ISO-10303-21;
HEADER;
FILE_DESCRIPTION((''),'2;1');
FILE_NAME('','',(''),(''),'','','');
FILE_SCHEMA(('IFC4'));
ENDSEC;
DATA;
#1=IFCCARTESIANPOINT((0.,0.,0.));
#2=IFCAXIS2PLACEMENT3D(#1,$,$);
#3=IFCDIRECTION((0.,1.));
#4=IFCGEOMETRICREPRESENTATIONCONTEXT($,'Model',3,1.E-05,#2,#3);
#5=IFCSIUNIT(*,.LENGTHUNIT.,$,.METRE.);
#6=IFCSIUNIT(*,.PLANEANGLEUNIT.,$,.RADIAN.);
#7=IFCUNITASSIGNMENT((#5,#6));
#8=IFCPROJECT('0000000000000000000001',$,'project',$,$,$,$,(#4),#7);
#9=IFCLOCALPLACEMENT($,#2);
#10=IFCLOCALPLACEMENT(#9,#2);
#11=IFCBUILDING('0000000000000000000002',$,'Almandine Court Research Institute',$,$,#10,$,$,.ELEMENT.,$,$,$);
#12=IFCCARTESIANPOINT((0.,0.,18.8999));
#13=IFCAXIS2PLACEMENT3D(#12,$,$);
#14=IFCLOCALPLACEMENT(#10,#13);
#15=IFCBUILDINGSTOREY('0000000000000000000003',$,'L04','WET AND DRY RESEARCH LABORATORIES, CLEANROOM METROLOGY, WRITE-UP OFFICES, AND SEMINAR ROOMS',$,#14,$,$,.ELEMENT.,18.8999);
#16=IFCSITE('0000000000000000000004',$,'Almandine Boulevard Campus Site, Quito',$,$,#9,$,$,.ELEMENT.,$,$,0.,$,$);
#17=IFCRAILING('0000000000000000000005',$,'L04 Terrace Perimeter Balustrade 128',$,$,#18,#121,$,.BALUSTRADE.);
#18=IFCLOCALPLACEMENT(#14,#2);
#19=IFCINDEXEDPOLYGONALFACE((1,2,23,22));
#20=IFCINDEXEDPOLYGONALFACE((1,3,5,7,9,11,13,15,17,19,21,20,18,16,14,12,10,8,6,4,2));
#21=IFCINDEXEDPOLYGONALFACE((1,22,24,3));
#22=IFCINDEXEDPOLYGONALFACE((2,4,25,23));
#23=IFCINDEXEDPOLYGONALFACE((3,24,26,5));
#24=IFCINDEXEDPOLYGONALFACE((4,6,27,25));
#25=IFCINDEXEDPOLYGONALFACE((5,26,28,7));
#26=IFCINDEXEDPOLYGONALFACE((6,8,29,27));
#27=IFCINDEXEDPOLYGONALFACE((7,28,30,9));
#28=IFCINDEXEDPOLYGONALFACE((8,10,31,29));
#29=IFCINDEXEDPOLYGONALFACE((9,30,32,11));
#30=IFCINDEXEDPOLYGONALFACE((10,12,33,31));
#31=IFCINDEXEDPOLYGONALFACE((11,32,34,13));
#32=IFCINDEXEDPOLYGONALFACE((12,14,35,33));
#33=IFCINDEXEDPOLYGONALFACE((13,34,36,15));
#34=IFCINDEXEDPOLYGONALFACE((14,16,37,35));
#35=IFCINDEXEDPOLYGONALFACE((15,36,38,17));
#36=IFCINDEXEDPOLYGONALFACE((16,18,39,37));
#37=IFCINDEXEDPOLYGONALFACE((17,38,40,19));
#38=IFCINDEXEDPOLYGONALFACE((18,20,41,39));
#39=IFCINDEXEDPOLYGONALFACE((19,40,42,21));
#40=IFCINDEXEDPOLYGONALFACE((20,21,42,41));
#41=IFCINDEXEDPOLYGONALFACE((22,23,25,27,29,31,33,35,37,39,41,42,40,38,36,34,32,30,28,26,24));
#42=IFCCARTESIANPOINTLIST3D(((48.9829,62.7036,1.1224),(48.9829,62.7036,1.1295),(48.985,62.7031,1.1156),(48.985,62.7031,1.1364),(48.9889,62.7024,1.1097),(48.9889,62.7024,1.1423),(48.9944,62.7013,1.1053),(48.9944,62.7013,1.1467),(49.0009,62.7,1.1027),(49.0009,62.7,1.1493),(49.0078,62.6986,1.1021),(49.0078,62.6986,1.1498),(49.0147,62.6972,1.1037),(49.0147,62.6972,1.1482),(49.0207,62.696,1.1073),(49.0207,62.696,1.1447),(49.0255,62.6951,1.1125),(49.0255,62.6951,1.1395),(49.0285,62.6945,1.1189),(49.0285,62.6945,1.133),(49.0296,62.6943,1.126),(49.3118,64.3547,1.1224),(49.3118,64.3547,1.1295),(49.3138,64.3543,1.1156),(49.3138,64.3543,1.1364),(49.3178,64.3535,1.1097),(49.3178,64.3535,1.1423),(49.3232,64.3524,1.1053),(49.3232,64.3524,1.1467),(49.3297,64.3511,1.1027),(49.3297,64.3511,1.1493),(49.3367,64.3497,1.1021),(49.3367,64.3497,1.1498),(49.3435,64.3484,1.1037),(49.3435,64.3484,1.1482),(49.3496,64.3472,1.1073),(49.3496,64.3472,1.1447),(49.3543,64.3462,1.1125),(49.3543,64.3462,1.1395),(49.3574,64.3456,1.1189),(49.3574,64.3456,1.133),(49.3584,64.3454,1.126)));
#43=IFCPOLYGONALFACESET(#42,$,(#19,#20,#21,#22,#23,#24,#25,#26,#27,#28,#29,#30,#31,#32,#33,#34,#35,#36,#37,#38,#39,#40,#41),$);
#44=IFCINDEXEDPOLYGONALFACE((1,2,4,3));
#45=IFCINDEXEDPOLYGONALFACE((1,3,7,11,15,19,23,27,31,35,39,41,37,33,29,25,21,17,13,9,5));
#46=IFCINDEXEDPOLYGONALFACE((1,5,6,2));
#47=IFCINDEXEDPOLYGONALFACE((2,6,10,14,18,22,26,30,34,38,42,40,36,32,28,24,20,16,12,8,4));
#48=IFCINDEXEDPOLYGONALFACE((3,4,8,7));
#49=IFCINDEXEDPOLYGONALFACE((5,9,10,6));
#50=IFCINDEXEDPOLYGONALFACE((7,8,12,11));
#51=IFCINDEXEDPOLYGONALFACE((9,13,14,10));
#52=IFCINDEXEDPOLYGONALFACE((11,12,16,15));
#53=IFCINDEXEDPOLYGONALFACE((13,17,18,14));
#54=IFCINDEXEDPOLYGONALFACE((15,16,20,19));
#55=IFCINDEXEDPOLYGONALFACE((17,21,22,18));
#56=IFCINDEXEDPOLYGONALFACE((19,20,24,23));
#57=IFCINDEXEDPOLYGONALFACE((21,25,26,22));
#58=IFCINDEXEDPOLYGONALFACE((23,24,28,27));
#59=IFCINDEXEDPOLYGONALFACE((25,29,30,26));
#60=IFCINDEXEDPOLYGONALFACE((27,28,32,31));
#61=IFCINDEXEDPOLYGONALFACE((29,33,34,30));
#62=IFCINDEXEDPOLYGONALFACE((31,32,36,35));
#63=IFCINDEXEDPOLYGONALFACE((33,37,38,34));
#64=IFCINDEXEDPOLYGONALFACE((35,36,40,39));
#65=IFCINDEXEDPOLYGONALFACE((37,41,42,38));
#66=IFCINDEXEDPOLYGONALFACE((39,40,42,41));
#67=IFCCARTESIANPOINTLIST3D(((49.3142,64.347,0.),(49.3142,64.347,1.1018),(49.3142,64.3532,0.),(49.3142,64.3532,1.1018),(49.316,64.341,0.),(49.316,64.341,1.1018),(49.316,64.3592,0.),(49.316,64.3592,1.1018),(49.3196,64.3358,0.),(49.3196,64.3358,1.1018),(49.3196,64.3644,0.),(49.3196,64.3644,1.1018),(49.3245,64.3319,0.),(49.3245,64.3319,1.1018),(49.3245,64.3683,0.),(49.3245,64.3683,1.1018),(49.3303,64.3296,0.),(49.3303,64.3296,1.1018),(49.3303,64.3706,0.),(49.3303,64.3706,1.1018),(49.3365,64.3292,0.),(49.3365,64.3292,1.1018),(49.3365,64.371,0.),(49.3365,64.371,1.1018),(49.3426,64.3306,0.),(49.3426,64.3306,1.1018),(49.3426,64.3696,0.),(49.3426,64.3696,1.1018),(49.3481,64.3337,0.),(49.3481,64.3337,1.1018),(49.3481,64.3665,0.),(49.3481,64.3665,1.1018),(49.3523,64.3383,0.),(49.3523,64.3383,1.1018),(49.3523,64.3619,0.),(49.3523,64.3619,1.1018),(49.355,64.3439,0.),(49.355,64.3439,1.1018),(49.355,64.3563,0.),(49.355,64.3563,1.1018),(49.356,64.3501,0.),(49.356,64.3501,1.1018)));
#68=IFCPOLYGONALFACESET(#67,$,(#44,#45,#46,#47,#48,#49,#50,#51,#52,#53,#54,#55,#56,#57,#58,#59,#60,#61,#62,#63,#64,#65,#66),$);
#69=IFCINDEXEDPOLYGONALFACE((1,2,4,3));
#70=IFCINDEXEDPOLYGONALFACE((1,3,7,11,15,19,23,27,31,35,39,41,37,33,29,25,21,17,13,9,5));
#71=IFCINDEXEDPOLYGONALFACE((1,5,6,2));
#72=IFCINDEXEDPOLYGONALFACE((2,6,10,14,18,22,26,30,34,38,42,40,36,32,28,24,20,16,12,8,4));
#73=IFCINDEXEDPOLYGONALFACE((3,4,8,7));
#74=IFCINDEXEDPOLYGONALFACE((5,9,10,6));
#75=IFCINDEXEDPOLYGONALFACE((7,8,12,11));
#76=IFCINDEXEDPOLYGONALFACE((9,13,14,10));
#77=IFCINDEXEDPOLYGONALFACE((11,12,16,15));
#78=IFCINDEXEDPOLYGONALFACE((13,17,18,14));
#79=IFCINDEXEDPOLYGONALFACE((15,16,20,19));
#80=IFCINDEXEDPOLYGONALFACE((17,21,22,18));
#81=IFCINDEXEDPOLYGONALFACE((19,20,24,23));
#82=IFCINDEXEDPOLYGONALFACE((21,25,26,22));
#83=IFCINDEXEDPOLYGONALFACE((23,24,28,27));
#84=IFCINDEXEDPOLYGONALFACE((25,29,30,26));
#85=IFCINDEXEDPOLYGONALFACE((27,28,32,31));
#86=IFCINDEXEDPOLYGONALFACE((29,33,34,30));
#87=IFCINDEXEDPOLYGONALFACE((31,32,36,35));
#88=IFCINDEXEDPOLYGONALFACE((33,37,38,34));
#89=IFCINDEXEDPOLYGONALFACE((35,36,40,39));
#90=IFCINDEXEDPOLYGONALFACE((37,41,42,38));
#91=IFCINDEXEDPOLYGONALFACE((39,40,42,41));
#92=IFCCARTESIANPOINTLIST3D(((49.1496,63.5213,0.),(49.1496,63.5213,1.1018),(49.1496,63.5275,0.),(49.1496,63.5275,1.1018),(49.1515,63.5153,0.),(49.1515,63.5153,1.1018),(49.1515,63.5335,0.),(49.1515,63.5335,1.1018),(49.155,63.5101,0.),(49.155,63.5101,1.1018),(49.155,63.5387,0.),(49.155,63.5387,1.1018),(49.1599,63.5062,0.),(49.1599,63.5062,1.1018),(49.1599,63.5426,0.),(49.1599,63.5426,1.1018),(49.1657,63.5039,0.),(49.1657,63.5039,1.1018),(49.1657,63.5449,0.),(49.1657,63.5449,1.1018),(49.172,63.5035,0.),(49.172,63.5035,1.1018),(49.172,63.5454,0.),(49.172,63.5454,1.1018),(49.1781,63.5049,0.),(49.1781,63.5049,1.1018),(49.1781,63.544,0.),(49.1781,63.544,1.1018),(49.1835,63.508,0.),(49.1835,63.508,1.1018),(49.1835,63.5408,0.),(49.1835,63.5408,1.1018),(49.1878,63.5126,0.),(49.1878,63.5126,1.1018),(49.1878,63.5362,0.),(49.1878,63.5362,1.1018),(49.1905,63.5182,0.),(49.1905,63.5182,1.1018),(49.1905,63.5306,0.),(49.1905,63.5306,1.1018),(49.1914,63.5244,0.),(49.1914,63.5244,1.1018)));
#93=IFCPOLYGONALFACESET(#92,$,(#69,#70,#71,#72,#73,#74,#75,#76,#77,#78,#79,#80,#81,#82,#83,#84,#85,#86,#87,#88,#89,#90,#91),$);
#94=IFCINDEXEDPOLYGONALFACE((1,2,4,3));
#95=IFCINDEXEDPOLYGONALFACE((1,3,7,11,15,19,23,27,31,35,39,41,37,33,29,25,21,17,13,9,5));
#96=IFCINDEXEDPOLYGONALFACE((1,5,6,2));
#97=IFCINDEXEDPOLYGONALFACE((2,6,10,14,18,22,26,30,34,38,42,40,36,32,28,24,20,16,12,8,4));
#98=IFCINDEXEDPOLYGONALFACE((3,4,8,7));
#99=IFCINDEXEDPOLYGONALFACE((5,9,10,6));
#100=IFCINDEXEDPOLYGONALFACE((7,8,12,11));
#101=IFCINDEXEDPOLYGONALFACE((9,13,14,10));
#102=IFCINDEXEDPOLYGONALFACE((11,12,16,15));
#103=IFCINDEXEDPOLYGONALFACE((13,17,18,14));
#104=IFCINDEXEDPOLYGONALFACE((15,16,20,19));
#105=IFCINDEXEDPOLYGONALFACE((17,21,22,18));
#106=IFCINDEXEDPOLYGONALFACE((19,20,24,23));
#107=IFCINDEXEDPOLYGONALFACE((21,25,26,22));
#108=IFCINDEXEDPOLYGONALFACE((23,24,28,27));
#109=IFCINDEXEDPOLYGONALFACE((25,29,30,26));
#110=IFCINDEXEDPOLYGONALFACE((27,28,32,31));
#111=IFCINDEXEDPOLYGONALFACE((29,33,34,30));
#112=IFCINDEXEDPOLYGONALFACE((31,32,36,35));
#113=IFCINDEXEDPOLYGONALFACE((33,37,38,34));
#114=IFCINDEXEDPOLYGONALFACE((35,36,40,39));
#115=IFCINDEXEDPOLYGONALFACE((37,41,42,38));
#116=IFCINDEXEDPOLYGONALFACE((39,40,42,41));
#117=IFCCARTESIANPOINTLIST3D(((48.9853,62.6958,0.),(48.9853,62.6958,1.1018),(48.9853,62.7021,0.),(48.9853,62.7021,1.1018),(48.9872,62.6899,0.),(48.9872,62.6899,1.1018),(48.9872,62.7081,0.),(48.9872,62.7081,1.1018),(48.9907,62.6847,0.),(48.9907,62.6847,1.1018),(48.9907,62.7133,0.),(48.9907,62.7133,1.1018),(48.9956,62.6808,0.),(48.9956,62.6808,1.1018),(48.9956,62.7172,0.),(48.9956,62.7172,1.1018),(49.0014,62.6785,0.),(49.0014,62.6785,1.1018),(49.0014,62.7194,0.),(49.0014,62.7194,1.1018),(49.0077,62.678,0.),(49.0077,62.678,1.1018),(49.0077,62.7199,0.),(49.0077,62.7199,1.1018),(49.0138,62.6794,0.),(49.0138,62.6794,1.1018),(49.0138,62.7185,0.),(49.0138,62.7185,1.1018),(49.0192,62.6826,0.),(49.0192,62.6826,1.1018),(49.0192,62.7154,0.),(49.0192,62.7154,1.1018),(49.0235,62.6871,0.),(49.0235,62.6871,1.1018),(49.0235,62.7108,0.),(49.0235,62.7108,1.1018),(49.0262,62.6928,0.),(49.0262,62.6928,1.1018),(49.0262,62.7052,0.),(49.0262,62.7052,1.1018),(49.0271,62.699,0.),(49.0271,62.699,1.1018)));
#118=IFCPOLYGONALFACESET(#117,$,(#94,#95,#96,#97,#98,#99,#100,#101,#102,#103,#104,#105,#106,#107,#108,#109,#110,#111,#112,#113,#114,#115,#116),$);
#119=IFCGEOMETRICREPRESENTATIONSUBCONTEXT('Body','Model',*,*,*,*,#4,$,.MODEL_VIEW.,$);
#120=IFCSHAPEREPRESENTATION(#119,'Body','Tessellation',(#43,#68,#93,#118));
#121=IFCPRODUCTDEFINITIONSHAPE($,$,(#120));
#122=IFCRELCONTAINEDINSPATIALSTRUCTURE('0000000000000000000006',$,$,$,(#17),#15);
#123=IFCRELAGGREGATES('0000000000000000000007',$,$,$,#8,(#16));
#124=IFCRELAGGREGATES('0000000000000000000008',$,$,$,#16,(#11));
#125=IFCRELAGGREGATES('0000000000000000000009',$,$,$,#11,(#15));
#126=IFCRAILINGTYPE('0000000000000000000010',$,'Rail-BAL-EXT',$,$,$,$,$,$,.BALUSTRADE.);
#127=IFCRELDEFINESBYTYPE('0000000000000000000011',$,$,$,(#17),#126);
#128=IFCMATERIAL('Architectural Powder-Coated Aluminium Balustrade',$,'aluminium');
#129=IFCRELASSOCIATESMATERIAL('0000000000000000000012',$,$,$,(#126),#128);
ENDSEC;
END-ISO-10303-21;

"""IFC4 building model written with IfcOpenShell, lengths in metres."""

from ifc_helpers import new_model, si_unit, direction, frame, origin, origin_2d, place, context, subcontext, project, spatial, circle, extrude, material, type_object, element, save


model = new_model("IFC4")

# Units and contexts
model_context = context("Model", 3, precision=1e-05, world=origin(), true_north=direction((0.0, 1.0)))
body_context = subcontext(model_context, "Body", "Model", "MODEL_VIEW")
ifc_project = project(units=[si_unit("LENGTHUNIT", "METRE"), si_unit("PLANEANGLEUNIT", "RADIAN")], contexts=[model_context])

# Site, building, storey
site_placement = place(None, origin())
site = spatial("IfcSite", under=ifc_project, at=site_placement, Name="Almandine Boulevard Campus Site, Quito", CompositionType="ELEMENT", RefElevation=0.0)
building_placement = place(site_placement, origin())
building = spatial("IfcBuilding", under=site, at=building_placement, Name="Almandine Court Research Institute", CompositionType="ELEMENT")
storey_placement = place(building_placement, frame((0.0, 0.0, 18.8999)))
storey = spatial("IfcBuildingStorey", under=building, at=storey_placement, Name="L04", Description="WET AND DRY RESEARCH LABORATORIES, CLEANROOM METROLOGY, WRITE-UP OFFICES, AND SEMINAR ROOMS", CompositionType="ELEMENT", Elevation=18.8999)

# Railing
ifc_material_1 = material(Name="Architectural Powder-Coated Aluminium Balustrade", Category="aluminium")
railing_type = type_object("IfcRailingType", Name="Rail-BAL-EXT", PredefinedType="BALUSTRADE", material=ifc_material_1)
railing_1_placement = place(storey_placement, frame((49.335, 64.3501, 0.0)))
element("IfcRailing", 1, at=railing_1_placement, inside=storey, type_object=railing_type, Name="L04 Terrace Perimeter Balustrade 128", PredefinedType="BALUSTRADE", context=body_context, shape_type="SweptSolid", body=[
    extrude(circle(Radius=0.0239, at=origin_2d()), frame((0.0, 0.0, 1.126), z_axis=(-0.195335, -0.980737, 0.0), x_axis=(0.980737, -0.195335, 0.0)), (0.0, 0.0, 1.0), 1.6836),
    extrude(circle(Radius=0.021, at=origin_2d()), origin(), (0.0, 0.0, 1.0), 1.1018),
    extrude(circle(Radius=0.021, at=origin_2d()), frame((-0.1646, -0.8257, 0.0)), (0.0, 0.0, 1.0), 1.1018),
    extrude(circle(Radius=0.021, at=origin_2d()), frame((-0.3289, -1.6511, 0.0)), (0.0, 0.0, 1.0), 1.1018),
])

save(model, "model.ifc")
